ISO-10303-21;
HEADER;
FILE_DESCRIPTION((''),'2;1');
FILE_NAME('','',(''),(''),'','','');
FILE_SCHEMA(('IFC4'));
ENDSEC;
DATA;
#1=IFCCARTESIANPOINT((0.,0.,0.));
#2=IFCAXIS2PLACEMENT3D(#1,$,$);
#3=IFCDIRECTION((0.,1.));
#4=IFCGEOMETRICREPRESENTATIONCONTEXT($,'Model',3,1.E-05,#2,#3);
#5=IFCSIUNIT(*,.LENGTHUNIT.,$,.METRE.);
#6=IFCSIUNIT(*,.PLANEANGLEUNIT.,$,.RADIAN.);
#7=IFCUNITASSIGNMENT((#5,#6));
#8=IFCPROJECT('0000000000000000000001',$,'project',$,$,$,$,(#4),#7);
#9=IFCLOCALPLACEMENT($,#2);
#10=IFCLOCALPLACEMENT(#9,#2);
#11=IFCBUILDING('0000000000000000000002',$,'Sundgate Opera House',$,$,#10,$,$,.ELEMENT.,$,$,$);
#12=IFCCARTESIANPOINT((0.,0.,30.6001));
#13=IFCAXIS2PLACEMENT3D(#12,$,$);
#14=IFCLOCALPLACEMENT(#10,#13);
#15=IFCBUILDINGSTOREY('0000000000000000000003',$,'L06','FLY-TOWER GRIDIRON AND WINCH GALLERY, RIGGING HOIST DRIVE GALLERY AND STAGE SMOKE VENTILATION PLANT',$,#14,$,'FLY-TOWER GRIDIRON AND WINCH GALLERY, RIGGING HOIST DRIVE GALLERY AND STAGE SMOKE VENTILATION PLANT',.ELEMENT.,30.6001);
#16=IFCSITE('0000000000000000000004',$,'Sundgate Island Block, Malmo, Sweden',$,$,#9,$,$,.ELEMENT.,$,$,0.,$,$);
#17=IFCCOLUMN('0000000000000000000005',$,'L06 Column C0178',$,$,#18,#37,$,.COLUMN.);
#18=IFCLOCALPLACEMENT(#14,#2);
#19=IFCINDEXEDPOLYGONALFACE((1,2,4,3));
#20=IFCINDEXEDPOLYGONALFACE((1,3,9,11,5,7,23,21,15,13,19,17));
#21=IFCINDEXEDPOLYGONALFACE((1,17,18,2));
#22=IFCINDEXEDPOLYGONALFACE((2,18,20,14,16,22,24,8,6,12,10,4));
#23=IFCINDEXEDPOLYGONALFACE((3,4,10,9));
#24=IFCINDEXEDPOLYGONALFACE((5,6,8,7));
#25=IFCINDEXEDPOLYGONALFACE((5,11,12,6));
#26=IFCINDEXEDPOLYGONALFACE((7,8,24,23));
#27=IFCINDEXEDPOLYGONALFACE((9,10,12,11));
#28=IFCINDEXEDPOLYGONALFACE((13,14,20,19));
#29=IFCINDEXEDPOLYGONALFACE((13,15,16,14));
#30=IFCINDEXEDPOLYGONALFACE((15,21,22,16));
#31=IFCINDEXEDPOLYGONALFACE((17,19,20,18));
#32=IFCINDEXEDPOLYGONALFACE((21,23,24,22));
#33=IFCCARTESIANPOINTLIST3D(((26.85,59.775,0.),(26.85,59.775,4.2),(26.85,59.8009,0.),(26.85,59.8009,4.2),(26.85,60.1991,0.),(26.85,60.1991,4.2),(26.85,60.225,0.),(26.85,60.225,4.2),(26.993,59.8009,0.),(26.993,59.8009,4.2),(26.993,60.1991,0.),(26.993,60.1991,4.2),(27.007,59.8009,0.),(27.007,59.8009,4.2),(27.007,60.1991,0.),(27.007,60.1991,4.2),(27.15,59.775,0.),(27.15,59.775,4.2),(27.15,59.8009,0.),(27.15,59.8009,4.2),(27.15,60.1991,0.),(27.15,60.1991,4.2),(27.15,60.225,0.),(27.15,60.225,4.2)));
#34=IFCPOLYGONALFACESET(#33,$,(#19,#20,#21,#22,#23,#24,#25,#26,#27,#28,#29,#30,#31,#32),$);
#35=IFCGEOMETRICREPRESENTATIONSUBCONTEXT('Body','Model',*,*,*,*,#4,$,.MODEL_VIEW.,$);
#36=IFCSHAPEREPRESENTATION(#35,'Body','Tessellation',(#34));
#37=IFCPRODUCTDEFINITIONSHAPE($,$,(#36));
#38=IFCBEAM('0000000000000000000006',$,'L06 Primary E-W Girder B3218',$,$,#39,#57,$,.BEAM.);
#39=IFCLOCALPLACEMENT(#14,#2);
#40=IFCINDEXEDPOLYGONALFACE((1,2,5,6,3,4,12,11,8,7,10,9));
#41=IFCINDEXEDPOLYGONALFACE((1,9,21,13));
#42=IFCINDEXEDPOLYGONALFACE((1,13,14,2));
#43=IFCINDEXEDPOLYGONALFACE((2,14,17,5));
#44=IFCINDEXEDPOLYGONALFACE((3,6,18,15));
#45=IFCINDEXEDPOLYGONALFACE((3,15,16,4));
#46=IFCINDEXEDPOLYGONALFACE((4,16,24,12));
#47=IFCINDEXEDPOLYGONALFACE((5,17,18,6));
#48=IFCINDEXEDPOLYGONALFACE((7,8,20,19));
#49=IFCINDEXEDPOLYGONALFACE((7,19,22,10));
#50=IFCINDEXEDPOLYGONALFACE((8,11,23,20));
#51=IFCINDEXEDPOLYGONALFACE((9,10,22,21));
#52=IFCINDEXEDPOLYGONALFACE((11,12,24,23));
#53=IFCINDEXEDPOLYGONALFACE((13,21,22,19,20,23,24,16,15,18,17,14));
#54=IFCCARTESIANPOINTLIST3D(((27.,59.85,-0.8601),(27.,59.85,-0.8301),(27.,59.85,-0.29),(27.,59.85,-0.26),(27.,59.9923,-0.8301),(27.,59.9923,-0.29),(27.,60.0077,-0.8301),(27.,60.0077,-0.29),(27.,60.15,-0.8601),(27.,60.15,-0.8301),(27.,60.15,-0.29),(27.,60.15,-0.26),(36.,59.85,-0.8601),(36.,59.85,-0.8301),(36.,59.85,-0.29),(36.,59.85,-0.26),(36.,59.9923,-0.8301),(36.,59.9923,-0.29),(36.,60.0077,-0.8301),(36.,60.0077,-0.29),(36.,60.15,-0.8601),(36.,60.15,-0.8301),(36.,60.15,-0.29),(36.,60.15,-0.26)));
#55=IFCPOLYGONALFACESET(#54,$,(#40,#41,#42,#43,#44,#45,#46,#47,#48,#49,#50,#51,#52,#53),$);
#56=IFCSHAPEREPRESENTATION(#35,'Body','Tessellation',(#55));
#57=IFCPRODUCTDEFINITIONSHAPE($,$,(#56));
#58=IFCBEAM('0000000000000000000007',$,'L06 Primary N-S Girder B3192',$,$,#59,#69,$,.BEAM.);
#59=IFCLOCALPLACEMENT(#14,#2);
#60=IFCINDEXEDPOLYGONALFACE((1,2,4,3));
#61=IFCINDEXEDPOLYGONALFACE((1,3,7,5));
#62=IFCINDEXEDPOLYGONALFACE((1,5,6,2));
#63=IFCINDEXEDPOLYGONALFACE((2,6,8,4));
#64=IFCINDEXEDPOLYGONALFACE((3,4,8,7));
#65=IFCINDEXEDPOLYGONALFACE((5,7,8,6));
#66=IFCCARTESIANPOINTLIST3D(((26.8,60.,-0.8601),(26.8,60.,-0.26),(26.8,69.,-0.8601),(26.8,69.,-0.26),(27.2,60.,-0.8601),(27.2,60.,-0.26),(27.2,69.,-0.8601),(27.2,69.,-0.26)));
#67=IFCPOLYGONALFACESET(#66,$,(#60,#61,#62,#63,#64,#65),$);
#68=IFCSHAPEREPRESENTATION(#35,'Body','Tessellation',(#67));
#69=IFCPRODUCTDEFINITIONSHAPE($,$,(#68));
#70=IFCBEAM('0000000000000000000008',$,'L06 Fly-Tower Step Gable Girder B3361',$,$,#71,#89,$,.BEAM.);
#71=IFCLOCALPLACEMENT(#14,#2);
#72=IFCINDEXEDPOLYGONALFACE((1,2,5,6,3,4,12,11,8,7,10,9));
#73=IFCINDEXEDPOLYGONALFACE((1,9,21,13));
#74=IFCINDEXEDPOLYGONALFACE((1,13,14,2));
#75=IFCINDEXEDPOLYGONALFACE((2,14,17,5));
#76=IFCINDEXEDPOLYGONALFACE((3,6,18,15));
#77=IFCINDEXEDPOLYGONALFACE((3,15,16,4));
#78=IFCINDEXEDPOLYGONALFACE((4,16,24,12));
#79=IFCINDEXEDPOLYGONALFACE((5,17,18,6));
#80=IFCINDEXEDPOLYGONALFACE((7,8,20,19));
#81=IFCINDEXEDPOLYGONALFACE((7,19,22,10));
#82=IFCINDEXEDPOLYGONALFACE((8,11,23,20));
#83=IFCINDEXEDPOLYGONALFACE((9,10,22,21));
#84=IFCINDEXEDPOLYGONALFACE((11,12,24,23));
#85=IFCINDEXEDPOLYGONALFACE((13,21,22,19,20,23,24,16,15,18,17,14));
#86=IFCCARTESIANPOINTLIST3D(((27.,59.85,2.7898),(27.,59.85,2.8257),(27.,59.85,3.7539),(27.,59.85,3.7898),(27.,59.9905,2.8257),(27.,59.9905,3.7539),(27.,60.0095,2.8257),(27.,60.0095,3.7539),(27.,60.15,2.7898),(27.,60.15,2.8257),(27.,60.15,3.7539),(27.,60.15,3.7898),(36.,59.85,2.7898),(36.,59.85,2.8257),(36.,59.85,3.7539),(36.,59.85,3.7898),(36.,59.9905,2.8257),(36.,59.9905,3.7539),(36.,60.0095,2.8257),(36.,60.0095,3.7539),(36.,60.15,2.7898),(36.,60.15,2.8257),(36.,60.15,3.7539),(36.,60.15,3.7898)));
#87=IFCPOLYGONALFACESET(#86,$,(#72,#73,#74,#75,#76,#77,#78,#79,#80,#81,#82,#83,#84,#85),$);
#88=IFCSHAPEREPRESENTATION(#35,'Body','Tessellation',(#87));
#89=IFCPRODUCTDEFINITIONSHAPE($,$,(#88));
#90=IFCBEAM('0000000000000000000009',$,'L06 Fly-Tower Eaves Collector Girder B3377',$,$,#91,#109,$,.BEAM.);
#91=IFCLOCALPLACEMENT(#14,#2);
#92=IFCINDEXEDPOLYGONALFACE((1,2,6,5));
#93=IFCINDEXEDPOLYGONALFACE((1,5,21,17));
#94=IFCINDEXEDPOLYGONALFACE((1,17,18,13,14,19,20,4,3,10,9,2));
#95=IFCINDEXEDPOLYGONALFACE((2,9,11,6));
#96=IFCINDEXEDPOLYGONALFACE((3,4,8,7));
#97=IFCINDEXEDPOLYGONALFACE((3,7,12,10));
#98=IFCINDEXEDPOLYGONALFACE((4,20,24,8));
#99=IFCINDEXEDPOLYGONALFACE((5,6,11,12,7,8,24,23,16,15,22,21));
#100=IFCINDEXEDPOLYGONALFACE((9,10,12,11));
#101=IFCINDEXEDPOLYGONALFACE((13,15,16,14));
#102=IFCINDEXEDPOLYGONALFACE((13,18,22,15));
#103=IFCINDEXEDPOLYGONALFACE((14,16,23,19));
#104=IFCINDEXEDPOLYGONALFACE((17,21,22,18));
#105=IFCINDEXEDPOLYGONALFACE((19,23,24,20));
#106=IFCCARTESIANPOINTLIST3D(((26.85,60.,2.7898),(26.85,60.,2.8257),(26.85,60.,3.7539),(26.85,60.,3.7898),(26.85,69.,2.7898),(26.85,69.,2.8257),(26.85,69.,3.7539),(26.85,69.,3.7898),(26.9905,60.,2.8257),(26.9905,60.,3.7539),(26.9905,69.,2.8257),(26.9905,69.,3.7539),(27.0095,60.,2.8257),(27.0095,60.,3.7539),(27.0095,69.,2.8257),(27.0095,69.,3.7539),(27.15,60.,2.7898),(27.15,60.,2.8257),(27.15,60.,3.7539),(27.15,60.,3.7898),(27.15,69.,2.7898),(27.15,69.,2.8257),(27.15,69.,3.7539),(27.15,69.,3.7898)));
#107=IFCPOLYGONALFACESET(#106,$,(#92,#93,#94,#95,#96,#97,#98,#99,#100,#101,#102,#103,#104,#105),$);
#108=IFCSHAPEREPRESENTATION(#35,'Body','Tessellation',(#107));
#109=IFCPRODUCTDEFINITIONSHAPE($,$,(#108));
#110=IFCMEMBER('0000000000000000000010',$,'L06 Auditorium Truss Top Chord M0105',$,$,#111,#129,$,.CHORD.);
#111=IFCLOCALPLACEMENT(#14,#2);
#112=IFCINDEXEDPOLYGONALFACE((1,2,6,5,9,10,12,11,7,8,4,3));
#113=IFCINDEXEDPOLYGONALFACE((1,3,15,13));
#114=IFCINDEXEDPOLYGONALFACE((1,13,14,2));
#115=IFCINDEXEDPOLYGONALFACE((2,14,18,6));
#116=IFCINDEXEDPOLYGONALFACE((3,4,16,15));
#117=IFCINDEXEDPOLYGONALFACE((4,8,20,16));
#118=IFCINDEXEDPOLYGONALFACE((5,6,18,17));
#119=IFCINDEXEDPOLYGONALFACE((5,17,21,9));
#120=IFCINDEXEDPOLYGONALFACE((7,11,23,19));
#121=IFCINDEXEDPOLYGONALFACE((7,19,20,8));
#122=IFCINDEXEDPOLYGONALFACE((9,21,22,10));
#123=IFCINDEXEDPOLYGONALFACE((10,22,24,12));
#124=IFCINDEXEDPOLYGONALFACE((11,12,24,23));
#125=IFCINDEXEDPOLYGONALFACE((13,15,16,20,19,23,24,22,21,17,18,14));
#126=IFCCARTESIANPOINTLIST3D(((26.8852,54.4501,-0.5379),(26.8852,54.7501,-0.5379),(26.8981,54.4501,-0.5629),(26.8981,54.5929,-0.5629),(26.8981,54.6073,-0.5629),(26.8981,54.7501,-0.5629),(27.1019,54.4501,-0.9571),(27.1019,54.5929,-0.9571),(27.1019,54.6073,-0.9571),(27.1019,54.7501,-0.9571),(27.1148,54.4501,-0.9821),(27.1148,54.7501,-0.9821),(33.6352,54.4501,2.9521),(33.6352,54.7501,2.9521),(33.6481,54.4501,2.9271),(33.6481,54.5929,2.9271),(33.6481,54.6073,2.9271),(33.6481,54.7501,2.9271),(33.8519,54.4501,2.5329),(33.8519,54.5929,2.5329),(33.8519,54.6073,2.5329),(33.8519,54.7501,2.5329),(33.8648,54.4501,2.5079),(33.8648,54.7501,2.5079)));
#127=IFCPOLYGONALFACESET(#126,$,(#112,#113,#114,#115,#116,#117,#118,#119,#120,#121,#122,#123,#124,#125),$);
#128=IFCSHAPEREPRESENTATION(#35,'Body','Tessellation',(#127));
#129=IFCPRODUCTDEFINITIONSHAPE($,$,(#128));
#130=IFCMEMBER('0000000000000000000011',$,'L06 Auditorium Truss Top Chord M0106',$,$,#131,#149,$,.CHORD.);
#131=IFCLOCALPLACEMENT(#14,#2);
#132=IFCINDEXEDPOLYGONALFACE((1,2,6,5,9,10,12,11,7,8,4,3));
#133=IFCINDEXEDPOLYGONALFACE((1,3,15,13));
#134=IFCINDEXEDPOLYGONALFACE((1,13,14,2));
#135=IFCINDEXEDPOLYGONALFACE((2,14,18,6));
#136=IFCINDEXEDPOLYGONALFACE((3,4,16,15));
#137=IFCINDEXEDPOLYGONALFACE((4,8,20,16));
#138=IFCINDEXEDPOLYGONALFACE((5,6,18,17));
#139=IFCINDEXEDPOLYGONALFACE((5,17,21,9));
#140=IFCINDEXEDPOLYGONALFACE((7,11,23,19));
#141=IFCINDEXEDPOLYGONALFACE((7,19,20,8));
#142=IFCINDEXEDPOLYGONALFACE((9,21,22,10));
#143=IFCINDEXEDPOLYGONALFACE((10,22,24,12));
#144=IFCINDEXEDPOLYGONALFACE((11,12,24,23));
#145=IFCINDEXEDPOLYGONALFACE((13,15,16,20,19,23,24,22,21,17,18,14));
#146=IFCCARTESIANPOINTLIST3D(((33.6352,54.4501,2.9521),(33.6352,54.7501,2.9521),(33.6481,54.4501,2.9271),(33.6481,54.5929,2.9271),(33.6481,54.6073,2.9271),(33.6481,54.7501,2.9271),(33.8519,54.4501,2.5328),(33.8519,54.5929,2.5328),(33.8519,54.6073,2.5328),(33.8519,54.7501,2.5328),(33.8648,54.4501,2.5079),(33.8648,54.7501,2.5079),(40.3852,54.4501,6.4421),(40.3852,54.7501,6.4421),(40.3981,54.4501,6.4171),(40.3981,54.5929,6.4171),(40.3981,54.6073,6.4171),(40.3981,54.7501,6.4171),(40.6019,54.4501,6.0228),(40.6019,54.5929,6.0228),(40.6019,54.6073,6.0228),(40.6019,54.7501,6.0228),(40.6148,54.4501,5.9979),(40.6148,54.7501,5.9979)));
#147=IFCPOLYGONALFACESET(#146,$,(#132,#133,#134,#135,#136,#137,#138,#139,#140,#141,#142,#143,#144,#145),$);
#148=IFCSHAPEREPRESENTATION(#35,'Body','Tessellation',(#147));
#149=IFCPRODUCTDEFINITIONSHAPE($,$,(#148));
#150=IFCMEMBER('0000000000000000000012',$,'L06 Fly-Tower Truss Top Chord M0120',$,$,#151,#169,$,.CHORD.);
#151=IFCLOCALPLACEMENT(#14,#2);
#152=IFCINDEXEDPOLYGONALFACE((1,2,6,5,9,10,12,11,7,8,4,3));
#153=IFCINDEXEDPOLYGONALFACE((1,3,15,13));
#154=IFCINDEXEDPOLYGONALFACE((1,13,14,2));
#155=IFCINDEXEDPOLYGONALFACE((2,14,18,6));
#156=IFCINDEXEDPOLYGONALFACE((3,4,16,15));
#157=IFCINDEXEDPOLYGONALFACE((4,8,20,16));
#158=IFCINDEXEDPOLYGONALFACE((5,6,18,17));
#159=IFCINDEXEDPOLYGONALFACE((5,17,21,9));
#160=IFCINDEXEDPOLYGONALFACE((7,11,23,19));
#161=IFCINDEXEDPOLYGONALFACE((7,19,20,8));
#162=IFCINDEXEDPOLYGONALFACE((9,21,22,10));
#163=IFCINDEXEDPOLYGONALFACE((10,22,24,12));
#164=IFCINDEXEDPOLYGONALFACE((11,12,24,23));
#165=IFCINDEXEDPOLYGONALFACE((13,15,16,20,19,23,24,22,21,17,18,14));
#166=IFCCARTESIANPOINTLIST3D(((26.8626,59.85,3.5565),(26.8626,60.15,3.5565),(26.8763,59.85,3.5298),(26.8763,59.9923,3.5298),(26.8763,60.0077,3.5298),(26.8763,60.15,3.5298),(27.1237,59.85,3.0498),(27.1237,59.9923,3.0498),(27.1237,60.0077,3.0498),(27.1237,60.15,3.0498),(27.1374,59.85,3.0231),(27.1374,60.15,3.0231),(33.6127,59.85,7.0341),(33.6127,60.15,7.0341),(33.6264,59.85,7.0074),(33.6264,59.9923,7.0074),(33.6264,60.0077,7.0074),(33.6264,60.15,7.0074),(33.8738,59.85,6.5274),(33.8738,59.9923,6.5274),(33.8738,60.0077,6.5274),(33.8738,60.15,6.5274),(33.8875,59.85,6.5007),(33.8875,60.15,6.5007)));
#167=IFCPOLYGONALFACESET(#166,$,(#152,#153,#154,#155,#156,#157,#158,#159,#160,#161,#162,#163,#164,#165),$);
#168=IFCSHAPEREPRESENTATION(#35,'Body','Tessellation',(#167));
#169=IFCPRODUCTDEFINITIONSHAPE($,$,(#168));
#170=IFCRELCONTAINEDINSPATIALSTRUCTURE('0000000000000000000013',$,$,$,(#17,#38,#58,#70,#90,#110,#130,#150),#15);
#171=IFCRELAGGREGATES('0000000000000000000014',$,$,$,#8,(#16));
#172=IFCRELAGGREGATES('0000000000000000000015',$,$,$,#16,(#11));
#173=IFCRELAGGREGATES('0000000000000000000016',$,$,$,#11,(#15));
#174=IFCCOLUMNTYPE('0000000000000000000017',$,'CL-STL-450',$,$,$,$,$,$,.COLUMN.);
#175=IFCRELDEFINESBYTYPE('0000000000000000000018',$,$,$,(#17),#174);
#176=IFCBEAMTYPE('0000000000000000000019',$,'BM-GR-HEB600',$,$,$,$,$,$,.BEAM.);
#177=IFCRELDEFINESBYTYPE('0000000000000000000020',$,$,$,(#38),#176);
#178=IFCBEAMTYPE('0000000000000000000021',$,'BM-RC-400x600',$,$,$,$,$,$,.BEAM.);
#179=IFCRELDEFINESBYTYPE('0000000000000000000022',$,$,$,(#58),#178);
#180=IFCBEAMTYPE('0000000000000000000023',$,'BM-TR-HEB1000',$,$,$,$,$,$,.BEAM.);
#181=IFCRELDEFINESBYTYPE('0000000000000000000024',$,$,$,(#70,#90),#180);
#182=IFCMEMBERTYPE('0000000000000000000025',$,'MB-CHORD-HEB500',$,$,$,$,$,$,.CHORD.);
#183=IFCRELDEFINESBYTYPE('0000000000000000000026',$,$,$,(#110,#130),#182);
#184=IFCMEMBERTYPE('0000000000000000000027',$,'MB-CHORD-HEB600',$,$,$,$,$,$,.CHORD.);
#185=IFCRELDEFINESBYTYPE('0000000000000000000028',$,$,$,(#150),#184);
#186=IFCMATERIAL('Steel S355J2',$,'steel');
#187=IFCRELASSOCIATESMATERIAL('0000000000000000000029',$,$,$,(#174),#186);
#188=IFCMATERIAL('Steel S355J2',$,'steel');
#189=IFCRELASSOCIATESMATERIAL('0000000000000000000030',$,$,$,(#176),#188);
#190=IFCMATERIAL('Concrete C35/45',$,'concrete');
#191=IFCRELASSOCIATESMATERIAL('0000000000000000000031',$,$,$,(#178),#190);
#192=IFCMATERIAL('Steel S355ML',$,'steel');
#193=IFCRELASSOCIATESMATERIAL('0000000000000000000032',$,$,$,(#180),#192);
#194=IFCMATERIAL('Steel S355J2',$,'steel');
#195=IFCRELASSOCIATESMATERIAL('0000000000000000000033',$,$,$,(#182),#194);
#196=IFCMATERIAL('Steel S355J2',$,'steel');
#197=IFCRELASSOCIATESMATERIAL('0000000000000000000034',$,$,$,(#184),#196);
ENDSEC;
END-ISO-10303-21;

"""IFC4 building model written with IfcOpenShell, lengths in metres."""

from ifc_helpers import new_model, si_unit, direction, frame, origin, origin_2d, place, context, subcontext, project, spatial, rectangle, i_section, extrude, material, material_profile, profile_set, type_object, element, save


model = new_model("IFC4")

# Units and contexts
model_context = context("Model", 3, precision=1e-05, world=origin(), true_north=direction((0.0, 1.0)))
body_context = subcontext(model_context, "Body", "Model", "MODEL_VIEW")
ifc_project = project(units=[si_unit("LENGTHUNIT", "METRE"), si_unit("PLANEANGLEUNIT", "RADIAN")], contexts=[model_context])

# Site, building, storey
site_placement = place(None, origin())
site = spatial("IfcSite", under=ifc_project, at=site_placement, Name="Sundgate Island Block, Malmo, Sweden", CompositionType="ELEMENT", RefElevation=0.0)
building_placement = place(site_placement, origin())
building = spatial("IfcBuilding", under=site, at=building_placement, Name="Sundgate Opera House", CompositionType="ELEMENT")
storey_placement = place(building_placement, frame((0.0, 0.0, 30.6001)))
storey = spatial("IfcBuildingStorey", under=building, at=storey_placement, Name="L06", Description="FLY-TOWER GRIDIRON AND WINCH GALLERY, RIGGING HOIST DRIVE GALLERY AND STAGE SMOKE VENTILATION PLANT", LongName="FLY-TOWER GRIDIRON AND WINCH GALLERY, RIGGING HOIST DRIVE GALLERY AND STAGE SMOKE VENTILATION PLANT", CompositionType="ELEMENT", Elevation=30.6001)

# Column
ifc_material_1 = material(Name="Steel S355J2", Category="steel")
ifc_material_profile_1 = material_profile(ifc_material_1, i_section(OverallWidth=0.3, OverallDepth=0.45, WebThickness=0.0139, FlangeThickness=0.0259, at=origin_2d()), Name="HEB 450")
ifc_profile_set_1 = profile_set([ifc_material_profile_1], Name="Steel S355J2")
column_type = type_object("IfcColumnType", Name="CL-STL-450", PredefinedType="COLUMN", material=ifc_profile_set_1)
column_placement = place(storey_placement, frame((27.0, 60.0, 0.0), z_axis=(0.0, 0.0, 1.0), x_axis=(1.0, 0.0, 0.0)))
element("IfcColumn", 1, at=column_placement, inside=storey, type_object=column_type, Name="L06 Column C0178", PredefinedType="COLUMN", context=body_context, shape_type="SweptSolid", body=[
    extrude(i_section(OverallWidth=0.3, OverallDepth=0.45, WebThickness=0.0139, FlangeThickness=0.0259, at=origin_2d()), origin(), (0.0, 0.0, 1.0), 4.2),
])

# Beams
ifc_material_2 = material(Name="Steel S355J2", Category="steel")
ifc_material_profile_2 = material_profile(ifc_material_2, i_section(OverallWidth=0.3, OverallDepth=0.6001, WebThickness=0.0154, FlangeThickness=0.03, at=origin_2d()), Name="HEB 600")
ifc_profile_set_2 = profile_set([ifc_material_profile_2], Name="Steel S355J2")
beam_type_1 = type_object("IfcBeamType", Name="BM-GR-HEB600", PredefinedType="BEAM", material=ifc_profile_set_2)
beam_1_placement = place(storey_placement, frame((27.0, 60.0, -0.5601), z_axis=(1.0, 0.0, 0.0), x_axis=(0.0, 1.0, 0.0)))
element("IfcBeam", 2, at=beam_1_placement, inside=storey, type_object=beam_type_1, Name="L06 Primary E-W Girder B3218", PredefinedType="BEAM", context=body_context, shape_type="SweptSolid", body=[
    extrude(i_section(OverallWidth=0.3, OverallDepth=0.6001, WebThickness=0.0154, FlangeThickness=0.03, at=origin_2d()), origin(), (0.0, 0.0, 1.0), 9.0),
])
ifc_material_3 = material(Name="Concrete C35/45", Category="concrete")
ifc_material_profile_3 = material_profile(ifc_material_3, rectangle(XDim=0.3999, YDim=0.6001, at=origin_2d()), Name="RC 400x600")
ifc_profile_set_3 = profile_set([ifc_material_profile_3], Name="Concrete C35/45")
beam_type_2 = type_object("IfcBeamType", Name="BM-RC-400x600", PredefinedType="BEAM", material=ifc_profile_set_3)
beam_2_placement = place(storey_placement, frame((27.0, 60.0, -0.5601), z_axis=(0.0, 1.0, 0.0), x_axis=(-1.0, 0.0, 0.0)))
element("IfcBeam", 3, at=beam_2_placement, inside=storey, type_object=beam_type_2, Name="L06 Primary N-S Girder B3192", PredefinedType="BEAM", context=body_context, shape_type="SweptSolid", body=[
    extrude(rectangle(XDim=0.3999, YDim=0.6001, at=origin_2d()), origin(), (0.0, 0.0, 1.0), 9.0),
])
ifc_material_4 = material(Name="Steel S355ML", Category="steel")
ifc_material_profile_4 = material_profile(ifc_material_4, i_section(OverallWidth=0.3, OverallDepth=1.0, WebThickness=0.019, FlangeThickness=0.0359, at=origin_2d()), Name="HEB 1000")
ifc_profile_set_4 = profile_set([ifc_material_profile_4], Name="Steel S355ML")
beam_type_3 = type_object("IfcBeamType", Name="BM-TR-HEB1000", PredefinedType="BEAM", material=ifc_profile_set_4)
for number, where, z_axis, x_axis, name in (
    (4, (27.0, 60.0, 3.2898), (1.0, 0.0, 0.0), (0.0, 1.0, 0.0), "L06 Fly-Tower Step Gable Girder B3361"),
    (5, (27.0, 60.0, 3.2898), (0.0, 1.0, 0.0), (-1.0, 0.0, 0.0), "L06 Fly-Tower Eaves Collector Girder B3377"),
):
    element("IfcBeam", number, at=place(storey_placement, frame(where, z_axis=z_axis, x_axis=x_axis)), inside=storey, type_object=beam_type_3, Name=name, PredefinedType="BEAM", context=body_context, shape_type="SweptSolid", body=[
        extrude(i_section(OverallWidth=0.3, OverallDepth=1.0, WebThickness=0.019, FlangeThickness=0.0359, at=origin_2d()), origin(), (0.0, 0.0, 1.0), 9.0),
    ])

# Members
ifc_material_5 = material(Name="Steel S355J2", Category="steel")
ifc_material_profile_5 = material_profile(ifc_material_5, i_section(OverallWidth=0.3, OverallDepth=0.5, WebThickness=0.0144, FlangeThickness=0.0281, at=origin_2d()), Name="HEB 500")
ifc_profile_set_5 = profile_set([ifc_material_profile_5], Name="Steel S355J2")
member_type_1 = type_object("IfcMemberType", Name="MB-CHORD-HEB500", PredefinedType="CHORD", material=ifc_profile_set_5)
for number, where, z_axis, x_axis, name in (
    (6, (27.0, 54.6001, -0.76), (0.888292, 0.0, 0.459279), (0.0, 1.0, 0.0), "L06 Auditorium Truss Top Chord M0105"),
    (7, (33.75, 54.6001, 2.73), (0.888292, 0.0, 0.459279), (0.0, 1.0, 0.0), "L06 Auditorium Truss Top Chord M0106"),
):
    element("IfcMember", number, at=place(storey_placement, frame(where, z_axis=z_axis, x_axis=x_axis)), inside=storey, type_object=member_type_1, Name=name, PredefinedType="CHORD", context=body_context, shape_type="SweptSolid", body=[
        extrude(i_section(OverallWidth=0.3, OverallDepth=0.5, WebThickness=0.0144, FlangeThickness=0.0281, at=origin_2d()), origin(), (0.0, 0.0, 1.0), 7.5989),
    ])
ifc_material_6 = material(Name="Steel S355J2", Category="steel")
ifc_material_profile_6 = material_profile(ifc_material_6, i_section(OverallWidth=0.3, OverallDepth=0.6001, WebThickness=0.0154, FlangeThickness=0.03, at=origin_2d()), Name="HEB 600")
ifc_profile_set_6 = profile_set([ifc_material_profile_6], Name="Steel S355J2")
member_type_2 = type_object("IfcMemberType", Name="MB-CHORD-HEB600", PredefinedType="CHORD", material=ifc_profile_set_6)
member_1_placement = place(storey_placement, frame((27.0, 60.0, 3.2898), z_axis=(0.88896, 0.0, 0.457984), x_axis=(0.0, 1.0, 0.0)))
element("IfcMember", 8, at=member_1_placement, inside=storey, type_object=member_type_2, Name="L06 Fly-Tower Truss Top Chord M0120", PredefinedType="CHORD", context=body_context, shape_type="SweptSolid", body=[
    extrude(i_section(OverallWidth=0.3, OverallDepth=0.6001, WebThickness=0.0154, FlangeThickness=0.03, at=origin_2d()), origin(), (0.0, 0.0, 1.0), 7.5933),
])

save(model, "model.ifc")
